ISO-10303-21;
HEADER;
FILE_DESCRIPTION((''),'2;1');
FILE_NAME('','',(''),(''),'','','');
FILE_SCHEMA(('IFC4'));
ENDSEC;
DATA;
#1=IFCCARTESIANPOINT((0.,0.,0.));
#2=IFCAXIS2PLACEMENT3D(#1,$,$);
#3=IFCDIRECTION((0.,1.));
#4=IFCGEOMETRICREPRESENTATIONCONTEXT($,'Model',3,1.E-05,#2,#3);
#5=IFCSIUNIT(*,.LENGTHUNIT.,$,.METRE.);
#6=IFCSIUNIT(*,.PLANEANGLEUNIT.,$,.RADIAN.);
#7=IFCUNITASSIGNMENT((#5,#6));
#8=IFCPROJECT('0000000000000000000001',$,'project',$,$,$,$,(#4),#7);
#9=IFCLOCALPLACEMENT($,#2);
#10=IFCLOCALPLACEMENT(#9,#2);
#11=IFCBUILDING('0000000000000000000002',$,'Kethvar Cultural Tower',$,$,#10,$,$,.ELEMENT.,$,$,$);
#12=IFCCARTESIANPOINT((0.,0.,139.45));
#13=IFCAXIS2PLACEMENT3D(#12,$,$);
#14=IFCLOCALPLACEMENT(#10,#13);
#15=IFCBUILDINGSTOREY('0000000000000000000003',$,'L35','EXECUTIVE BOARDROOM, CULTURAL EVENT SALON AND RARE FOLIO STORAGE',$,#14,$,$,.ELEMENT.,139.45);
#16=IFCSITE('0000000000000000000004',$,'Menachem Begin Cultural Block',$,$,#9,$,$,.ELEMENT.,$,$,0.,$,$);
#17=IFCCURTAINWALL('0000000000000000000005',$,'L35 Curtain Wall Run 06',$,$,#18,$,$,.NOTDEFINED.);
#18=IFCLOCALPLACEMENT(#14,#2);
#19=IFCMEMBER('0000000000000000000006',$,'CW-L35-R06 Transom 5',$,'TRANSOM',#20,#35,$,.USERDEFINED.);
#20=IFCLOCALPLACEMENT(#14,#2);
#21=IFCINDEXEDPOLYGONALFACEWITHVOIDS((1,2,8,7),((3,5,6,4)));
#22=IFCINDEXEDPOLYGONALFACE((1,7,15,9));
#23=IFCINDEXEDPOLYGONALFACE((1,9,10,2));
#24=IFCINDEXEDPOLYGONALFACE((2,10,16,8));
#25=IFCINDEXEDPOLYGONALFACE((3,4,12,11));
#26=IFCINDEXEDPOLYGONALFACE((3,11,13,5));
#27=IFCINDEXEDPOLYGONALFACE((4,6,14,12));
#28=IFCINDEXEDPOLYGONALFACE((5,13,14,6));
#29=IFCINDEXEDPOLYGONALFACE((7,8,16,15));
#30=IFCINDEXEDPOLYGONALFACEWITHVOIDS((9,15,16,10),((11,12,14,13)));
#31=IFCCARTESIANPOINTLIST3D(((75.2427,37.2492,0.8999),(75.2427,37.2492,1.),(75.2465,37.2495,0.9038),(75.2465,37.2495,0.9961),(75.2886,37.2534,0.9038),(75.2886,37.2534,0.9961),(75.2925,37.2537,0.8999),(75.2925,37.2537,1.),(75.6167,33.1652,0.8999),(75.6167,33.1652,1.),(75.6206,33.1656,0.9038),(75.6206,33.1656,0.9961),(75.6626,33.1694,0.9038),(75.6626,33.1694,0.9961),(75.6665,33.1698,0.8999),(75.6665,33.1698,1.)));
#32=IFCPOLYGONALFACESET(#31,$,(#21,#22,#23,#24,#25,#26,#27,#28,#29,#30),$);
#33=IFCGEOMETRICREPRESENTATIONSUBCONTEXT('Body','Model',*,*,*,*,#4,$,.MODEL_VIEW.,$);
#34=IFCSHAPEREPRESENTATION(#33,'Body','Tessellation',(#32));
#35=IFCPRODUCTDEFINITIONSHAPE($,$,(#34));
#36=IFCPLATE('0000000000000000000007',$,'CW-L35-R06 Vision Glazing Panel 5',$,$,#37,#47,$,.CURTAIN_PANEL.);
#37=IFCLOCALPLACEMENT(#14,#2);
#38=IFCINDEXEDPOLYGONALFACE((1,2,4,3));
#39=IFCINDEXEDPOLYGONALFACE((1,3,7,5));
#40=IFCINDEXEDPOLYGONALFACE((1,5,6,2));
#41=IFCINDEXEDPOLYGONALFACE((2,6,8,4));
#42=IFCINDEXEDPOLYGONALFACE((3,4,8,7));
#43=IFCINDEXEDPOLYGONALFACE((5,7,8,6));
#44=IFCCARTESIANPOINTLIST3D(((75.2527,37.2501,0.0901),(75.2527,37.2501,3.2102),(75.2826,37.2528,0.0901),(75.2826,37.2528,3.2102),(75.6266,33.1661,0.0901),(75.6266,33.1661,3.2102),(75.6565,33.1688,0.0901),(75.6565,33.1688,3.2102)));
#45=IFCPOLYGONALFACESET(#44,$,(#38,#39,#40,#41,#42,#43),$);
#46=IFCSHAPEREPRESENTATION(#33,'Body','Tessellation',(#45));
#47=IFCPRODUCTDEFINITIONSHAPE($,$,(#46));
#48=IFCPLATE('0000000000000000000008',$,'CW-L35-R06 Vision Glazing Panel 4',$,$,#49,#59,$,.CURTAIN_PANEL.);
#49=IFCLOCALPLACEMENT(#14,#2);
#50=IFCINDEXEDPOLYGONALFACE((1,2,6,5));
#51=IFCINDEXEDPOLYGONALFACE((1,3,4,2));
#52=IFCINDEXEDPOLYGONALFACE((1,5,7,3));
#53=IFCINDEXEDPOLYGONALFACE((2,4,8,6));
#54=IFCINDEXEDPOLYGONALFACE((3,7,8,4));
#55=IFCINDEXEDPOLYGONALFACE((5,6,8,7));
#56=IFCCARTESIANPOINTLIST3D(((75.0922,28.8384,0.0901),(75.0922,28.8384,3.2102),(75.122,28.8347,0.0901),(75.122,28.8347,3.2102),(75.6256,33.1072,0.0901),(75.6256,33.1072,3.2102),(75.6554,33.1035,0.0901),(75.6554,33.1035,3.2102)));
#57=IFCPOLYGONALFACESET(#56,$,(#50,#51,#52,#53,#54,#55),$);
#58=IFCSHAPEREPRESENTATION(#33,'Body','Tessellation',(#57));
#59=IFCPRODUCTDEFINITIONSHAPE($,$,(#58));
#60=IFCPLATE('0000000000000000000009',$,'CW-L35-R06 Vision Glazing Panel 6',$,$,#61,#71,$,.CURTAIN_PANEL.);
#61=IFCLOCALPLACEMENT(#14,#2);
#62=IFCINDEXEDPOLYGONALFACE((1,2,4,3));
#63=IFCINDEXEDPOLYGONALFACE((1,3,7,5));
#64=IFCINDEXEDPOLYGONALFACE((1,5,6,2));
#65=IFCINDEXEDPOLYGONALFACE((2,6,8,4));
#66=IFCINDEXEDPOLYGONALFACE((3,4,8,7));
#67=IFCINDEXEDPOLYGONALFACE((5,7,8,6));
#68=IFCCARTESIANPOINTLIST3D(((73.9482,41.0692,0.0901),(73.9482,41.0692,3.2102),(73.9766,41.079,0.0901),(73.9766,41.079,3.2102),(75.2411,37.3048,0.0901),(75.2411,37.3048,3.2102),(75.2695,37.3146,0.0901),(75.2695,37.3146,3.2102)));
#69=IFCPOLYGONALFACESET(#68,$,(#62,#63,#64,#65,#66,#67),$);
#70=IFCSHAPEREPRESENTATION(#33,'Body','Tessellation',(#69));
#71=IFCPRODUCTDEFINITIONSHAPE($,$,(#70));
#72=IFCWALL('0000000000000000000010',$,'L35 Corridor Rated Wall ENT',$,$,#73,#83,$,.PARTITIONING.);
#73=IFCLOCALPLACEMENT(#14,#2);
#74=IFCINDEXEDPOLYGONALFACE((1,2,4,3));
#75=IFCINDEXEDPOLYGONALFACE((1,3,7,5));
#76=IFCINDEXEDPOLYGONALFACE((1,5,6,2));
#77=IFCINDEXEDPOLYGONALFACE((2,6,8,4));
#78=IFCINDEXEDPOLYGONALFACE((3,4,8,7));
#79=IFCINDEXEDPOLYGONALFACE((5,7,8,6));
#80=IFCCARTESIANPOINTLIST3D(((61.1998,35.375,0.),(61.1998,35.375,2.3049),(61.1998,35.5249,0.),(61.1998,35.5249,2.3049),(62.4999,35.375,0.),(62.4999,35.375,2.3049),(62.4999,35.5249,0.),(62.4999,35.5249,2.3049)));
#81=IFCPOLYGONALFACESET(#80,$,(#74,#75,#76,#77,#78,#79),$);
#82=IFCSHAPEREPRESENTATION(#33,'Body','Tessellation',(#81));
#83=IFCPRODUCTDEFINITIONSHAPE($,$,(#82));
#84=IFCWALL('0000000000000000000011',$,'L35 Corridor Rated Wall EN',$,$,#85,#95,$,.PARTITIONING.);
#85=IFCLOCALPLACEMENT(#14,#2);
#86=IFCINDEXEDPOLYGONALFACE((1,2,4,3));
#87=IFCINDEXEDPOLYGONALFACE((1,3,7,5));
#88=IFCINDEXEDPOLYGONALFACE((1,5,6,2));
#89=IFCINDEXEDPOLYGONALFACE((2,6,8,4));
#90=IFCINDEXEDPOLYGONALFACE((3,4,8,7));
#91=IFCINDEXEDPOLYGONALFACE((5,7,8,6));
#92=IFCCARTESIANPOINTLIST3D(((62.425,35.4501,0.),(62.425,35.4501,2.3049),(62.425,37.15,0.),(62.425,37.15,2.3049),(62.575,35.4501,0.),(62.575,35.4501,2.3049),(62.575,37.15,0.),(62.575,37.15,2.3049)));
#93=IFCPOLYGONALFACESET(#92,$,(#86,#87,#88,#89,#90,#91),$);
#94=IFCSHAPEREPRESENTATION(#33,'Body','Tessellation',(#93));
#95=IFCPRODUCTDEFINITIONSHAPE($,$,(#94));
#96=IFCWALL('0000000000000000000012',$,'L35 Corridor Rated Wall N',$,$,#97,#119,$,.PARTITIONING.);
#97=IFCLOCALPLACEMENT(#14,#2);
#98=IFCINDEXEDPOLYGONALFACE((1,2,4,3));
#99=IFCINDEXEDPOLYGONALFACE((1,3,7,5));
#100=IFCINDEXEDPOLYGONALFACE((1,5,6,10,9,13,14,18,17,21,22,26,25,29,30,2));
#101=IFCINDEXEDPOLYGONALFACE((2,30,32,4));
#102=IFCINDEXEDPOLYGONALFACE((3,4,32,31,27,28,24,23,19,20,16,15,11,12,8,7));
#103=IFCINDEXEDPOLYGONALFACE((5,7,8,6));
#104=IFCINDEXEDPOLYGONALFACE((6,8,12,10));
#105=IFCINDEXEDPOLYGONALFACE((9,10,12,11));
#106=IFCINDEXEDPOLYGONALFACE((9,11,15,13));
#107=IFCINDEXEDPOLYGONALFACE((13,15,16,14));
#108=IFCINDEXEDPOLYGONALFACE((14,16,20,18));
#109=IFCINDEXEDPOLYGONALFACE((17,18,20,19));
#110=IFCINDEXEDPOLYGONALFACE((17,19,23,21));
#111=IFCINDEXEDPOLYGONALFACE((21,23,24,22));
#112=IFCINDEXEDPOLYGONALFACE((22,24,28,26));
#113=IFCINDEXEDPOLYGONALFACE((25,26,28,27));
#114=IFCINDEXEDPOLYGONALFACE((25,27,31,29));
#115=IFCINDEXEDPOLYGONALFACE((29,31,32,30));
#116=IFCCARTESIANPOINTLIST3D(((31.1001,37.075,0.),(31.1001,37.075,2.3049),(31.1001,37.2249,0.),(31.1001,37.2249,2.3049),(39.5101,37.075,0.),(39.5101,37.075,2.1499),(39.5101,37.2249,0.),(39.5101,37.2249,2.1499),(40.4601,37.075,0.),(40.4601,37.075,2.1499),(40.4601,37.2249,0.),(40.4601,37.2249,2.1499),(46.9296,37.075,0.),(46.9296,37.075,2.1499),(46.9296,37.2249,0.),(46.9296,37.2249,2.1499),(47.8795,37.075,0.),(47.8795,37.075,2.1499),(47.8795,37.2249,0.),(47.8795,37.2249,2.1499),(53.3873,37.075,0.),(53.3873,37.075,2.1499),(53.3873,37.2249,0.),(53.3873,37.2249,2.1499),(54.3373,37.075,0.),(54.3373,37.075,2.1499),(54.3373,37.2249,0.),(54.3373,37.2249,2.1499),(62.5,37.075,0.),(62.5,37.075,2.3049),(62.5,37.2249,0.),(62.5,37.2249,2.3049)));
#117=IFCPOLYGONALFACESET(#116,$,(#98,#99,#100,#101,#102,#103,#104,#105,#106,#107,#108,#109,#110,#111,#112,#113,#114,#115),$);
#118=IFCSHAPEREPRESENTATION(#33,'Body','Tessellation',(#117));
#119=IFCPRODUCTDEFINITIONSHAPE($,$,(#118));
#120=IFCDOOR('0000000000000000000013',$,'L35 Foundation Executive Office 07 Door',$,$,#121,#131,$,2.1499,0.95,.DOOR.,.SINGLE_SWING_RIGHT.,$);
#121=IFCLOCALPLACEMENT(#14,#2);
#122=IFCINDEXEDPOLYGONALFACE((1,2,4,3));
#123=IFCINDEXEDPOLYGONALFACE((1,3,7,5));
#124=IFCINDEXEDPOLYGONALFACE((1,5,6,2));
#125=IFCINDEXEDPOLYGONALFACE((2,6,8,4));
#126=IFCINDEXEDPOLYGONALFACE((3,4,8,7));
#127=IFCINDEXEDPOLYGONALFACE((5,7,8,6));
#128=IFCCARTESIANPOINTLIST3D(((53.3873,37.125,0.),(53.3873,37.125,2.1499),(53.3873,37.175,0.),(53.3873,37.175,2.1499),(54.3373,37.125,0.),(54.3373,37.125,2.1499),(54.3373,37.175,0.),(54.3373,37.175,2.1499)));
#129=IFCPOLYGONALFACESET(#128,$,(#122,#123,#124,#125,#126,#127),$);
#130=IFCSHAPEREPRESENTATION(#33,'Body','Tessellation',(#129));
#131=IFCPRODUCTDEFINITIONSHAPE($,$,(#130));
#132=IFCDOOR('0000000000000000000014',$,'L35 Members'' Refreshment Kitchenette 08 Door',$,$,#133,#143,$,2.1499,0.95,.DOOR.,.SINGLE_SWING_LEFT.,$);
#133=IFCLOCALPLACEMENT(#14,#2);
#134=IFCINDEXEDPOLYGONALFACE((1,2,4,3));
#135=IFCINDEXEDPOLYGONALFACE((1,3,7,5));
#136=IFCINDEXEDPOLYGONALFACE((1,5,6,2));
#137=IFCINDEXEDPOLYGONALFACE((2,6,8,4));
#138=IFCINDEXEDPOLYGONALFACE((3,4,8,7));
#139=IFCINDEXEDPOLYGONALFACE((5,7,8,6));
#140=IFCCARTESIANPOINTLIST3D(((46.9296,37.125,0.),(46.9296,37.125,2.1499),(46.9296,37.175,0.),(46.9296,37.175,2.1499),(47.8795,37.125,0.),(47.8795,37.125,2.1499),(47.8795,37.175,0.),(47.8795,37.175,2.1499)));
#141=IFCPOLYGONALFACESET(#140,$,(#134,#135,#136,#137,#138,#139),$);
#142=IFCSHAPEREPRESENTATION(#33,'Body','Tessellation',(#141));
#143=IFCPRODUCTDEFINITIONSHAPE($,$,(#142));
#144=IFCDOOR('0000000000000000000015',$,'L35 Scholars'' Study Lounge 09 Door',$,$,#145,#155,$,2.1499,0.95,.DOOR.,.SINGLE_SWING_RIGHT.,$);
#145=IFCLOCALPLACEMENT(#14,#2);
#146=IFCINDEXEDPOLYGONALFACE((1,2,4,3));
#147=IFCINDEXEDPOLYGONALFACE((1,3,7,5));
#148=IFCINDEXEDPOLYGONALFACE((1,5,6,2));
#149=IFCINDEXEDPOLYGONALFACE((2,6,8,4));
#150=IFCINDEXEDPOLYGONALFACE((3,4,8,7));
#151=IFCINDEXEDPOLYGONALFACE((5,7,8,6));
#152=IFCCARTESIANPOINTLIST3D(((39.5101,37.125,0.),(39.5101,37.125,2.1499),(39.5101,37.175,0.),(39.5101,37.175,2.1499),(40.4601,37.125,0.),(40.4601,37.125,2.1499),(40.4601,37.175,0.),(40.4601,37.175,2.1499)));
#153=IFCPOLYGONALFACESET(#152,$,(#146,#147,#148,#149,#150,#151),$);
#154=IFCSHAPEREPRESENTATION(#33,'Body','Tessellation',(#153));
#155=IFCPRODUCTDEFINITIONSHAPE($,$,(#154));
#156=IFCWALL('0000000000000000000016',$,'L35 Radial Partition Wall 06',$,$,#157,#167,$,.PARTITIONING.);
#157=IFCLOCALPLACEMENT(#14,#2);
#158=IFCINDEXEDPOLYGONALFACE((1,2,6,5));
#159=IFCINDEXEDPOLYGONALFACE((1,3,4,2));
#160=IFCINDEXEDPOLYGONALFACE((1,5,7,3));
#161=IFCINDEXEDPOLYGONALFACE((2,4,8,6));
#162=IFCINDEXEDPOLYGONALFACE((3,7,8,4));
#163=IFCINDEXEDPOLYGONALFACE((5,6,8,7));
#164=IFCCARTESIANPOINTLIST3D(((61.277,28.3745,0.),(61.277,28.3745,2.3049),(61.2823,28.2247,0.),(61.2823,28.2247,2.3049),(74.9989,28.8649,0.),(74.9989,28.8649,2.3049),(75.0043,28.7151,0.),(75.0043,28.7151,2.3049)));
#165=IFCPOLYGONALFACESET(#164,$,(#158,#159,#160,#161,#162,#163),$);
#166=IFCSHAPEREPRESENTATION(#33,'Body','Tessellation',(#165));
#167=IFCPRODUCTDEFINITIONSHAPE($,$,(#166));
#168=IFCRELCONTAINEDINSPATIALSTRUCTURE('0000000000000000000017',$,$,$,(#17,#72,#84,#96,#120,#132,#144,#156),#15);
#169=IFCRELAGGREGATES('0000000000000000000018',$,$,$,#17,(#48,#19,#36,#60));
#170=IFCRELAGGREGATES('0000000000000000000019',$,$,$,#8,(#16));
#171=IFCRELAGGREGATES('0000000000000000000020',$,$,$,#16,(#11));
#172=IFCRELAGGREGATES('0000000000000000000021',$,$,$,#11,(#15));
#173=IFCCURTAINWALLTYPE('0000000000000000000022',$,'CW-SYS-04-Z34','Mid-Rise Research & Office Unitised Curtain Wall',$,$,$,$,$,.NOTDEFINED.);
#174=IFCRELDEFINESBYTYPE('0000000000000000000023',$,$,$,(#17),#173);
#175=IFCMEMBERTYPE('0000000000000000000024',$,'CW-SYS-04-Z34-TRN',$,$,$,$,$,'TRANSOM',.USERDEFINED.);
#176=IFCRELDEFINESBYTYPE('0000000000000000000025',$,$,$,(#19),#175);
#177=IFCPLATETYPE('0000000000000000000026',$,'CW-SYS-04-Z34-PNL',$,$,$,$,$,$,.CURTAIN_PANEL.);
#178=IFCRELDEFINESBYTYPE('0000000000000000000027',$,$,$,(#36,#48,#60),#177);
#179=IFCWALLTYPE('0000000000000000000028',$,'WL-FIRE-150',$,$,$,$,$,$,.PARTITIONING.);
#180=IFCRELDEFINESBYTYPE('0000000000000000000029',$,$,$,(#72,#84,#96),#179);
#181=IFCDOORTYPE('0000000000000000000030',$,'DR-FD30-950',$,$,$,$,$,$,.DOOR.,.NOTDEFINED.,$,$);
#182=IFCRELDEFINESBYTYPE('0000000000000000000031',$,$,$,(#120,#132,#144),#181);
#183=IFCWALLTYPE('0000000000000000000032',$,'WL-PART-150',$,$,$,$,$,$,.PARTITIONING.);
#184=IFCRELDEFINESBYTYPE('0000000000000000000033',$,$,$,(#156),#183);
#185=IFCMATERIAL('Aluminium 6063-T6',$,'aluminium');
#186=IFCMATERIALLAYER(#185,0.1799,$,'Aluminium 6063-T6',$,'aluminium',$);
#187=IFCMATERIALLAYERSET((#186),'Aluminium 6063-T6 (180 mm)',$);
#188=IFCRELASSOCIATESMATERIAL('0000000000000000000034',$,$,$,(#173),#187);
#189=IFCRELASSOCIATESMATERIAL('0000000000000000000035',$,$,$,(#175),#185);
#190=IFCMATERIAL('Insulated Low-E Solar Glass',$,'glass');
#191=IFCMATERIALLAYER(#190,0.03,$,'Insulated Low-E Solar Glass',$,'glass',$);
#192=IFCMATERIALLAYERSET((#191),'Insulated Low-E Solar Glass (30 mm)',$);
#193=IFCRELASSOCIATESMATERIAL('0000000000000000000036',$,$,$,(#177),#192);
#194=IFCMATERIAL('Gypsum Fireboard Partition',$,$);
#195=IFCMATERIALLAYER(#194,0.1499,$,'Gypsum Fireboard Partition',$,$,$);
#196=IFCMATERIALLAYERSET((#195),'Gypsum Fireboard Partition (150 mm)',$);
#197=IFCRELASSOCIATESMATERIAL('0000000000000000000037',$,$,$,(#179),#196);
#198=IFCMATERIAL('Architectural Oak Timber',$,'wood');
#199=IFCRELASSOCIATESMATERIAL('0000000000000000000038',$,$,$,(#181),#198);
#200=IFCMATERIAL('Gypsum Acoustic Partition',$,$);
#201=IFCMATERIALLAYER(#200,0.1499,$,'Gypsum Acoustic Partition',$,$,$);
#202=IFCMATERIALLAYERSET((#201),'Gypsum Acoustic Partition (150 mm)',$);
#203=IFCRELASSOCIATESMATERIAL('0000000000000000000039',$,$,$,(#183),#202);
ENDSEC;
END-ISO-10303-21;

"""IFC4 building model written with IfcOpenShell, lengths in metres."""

from ifc_helpers import new_model, si_unit, direction, frame, frame_2d, origin, origin_2d, place, context, subcontext, project, spatial, rectangle, hollow_rectangle, extrude, source, transform, mapped, material, layer, layer_set, material_profile, profile_set, type_object, element, fill, aggregate, save


model = new_model("IFC4")

# Units and contexts
model_context = context("Model", 3, precision=1e-05, world=origin(), true_north=direction((0.0, 1.0)))
body_context = subcontext(model_context, "Body", "Model", "MODEL_VIEW")
ifc_project = project(units=[si_unit("LENGTHUNIT", "METRE"), si_unit("PLANEANGLEUNIT", "RADIAN")], contexts=[model_context])

# Site, building, storey
site_placement = place(None, origin())
site = spatial("IfcSite", under=ifc_project, at=site_placement, Name="Menachem Begin Cultural Block", CompositionType="ELEMENT", RefElevation=0.0)
building_placement = place(site_placement, origin())
building = spatial("IfcBuilding", under=site, at=building_placement, Name="Kethvar Cultural Tower", CompositionType="ELEMENT")
storey_placement = place(building_placement, frame((0.0, 0.0, 139.45)))
storey = spatial("IfcBuildingStorey", under=building, at=storey_placement, Name="L35", Description="EXECUTIVE BOARDROOM, CULTURAL EVENT SALON AND RARE FOLIO STORAGE", CompositionType="ELEMENT", Elevation=139.45)

# Shared definitions
ifc_material_1 = material(Name="Aluminium 6063-T6", Category="aluminium")
ifc_layer_1 = layer(ifc_material_1, 0.1799, Name="Aluminium 6063-T6", Category="aluminium")
ifc_layer_set_1 = layer_set([ifc_layer_1], Name="Aluminium 6063-T6 (180 mm)")
curtain_wall_type = type_object("IfcCurtainWallType", Name="CW-SYS-04-Z34", Description="Mid-Rise Research & Office Unitised Curtain Wall", PredefinedType="NOTDEFINED", material=ifc_layer_set_1)

# Curtain wall
curtain_wall_1_placement = place(storey_placement, origin())
curtain_wall_1 = element("IfcCurtainWall", 1, at=curtain_wall_1_placement, inside=storey, type_object=curtain_wall_type, Name="L35 Curtain Wall Run 06", PredefinedType="NOTDEFINED")

# Member
ifc_material_profile_1 = material_profile(ifc_material_1, hollow_rectangle(XDim=0.05, YDim=0.1001, WallThickness=0.0039, at=origin_2d()), Name="Aluminium 6063-T6 — RHS100x50x4")
ifc_profile_set_1 = profile_set([ifc_material_profile_1], Name="Aluminium 6063-T6 — RHS100x50x4")
member_type_1 = type_object("IfcMemberType", Name="CW-SYS-04-Z34-TRN", ElementType="TRANSOM", PredefinedType="USERDEFINED", material=ifc_profile_set_1)
shared_shape_1 = source(origin(), body_context, "Body", "SweptSolid", [
    extrude(hollow_rectangle(XDim=0.05, YDim=0.1001, WallThickness=0.0039, at=origin_2d()), origin(), (0.0, 0.0, 1.0), 4.1011),
])
member_1_placement = place(storey_placement, frame((75.6416, 33.1675, 0.95), z_axis=(-0.091201, 0.995832, 0.0), x_axis=(-0.995832, -0.091201, 0.0)))
member_1 = element("IfcMember", 2, at=member_1_placement, type_object=member_type_1, Name="CW-L35-R06 Transom 5", ObjectType="TRANSOM", PredefinedType="USERDEFINED", context=body_context, shape_type="MappedRepresentation", body=[
    mapped(shared_shape_1, transform((0.0, 0.0, 0.0), scale=1.0)),
])

# Plates
ifc_material_2 = material(Name="Insulated Low-E Solar Glass", Category="glass")
ifc_layer_2 = layer(ifc_material_2, 0.03, Name="Insulated Low-E Solar Glass", Category="glass")
ifc_layer_set_2 = layer_set([ifc_layer_2], Name="Insulated Low-E Solar Glass (30 mm)")
plate_type = type_object("IfcPlateType", Name="CW-SYS-04-Z34-PNL", PredefinedType="CURTAIN_PANEL", material=ifc_layer_set_2)
shared_shape_2 = source(origin(), body_context, "Body", "SweptSolid", [
    extrude(rectangle(XDim=4.1011, YDim=0.03, at=origin_2d()), origin(), (0.0, 0.0, 1.0), 3.1201),
])
plate_1_placement = place(storey_placement, frame((75.4546, 35.2095, 0.0901), z_axis=(0.0, 0.0, 1.0), x_axis=(-0.091154, 0.995837, 0.0)))
plate_1 = element("IfcPlate", 3, at=plate_1_placement, type_object=plate_type, Name="CW-L35-R06 Vision Glazing Panel 5", PredefinedType="CURTAIN_PANEL", context=body_context, shape_type="MappedRepresentation", body=[
    mapped(shared_shape_2, transform((0.0, 0.0, 0.0), scale=1.0)),
])
shared_shape_3 = source(origin(), body_context, "Body", "SweptSolid", [
    extrude(rectangle(XDim=4.302, YDim=0.03, at=origin_2d()), origin(), (0.0, 0.0, 1.0), 3.1201),
])
plate_2_placement = place(storey_placement, frame((75.3738, 30.9709, 0.0901), z_axis=(0.0, 0.0, 1.0), x_axis=(0.123982, 0.992284, 0.0)))
plate_2 = element("IfcPlate", 4, at=plate_2_placement, type_object=plate_type, Name="CW-L35-R06 Vision Glazing Panel 4", PredefinedType="CURTAIN_PANEL", context=body_context, shape_type="MappedRepresentation", body=[
    mapped(shared_shape_3, transform((0.0, 0.0, 0.0), scale=1.0)),
])
shared_shape_4 = source(origin(), body_context, "Body", "SweptSolid", [
    extrude(rectangle(XDim=3.9802, YDim=0.03, at=origin_2d()), origin(), (0.0, 0.0, 1.0), 3.1201),
])
plate_3_placement = place(storey_placement, frame((74.6089, 39.1919, 0.0901), z_axis=(0.0, 0.0, 1.0), x_axis=(-0.324825, 0.945774, 0.0)))
plate_3 = element("IfcPlate", 5, at=plate_3_placement, type_object=plate_type, Name="CW-L35-R06 Vision Glazing Panel 6", PredefinedType="CURTAIN_PANEL", context=body_context, shape_type="MappedRepresentation", body=[
    mapped(shared_shape_4, transform((0.0, 0.0, 0.0), scale=1.0)),
])
aggregate(curtain_wall_1, [plate_2, member_1, plate_1, plate_3])

# Walls
ifc_material_3 = material(Name="Gypsum Fireboard Partition")
ifc_layer_3 = layer(ifc_material_3, 0.1499, Name="Gypsum Fireboard Partition")
ifc_layer_set_3 = layer_set([ifc_layer_3], Name="Gypsum Fireboard Partition (150 mm)")
wall_type_1 = type_object("IfcWallType", Name="WL-FIRE-150", PredefinedType="PARTITIONING", material=ifc_layer_set_3)
wall_1_placement = place(storey_placement, frame((61.2, 35.45, 0.0), z_axis=(0.0, 0.0, 1.0), x_axis=(1.0, 0.0, 0.0)))
element("IfcWall", 6, at=wall_1_placement, inside=storey, type_object=wall_type_1, Name="L35 Corridor Rated Wall ENT", PredefinedType="PARTITIONING", context=body_context, shape_type="SweptSolid", body=[
    extrude(rectangle(XDim=1.3, YDim=0.1499, at=frame_2d((0.6499, 0.0))), origin(), (0.0, 0.0, 1.0), 2.3049),
])
wall_2_placement = place(storey_placement, frame((62.5, 35.45, 0.0), z_axis=(0.0, 0.0, 1.0), x_axis=(0.0, 1.0, 0.0)))
element("IfcWall", 7, at=wall_2_placement, inside=storey, type_object=wall_type_1, Name="L35 Corridor Rated Wall EN", PredefinedType="PARTITIONING", context=body_context, shape_type="SweptSolid", body=[
    extrude(rectangle(XDim=1.7, YDim=0.1499, at=frame_2d((0.8501, 0.0))), origin(), (0.0, 0.0, 1.0), 2.3049),
])

# Wall, openings, doors
wall_3_placement = place(storey_placement, frame((62.5, 37.1499, 0.0), z_axis=(0.0, 0.0, 1.0), x_axis=(-1.0, 0.0, 0.0)))
wall_3 = element("IfcWall", 8, at=wall_3_placement, inside=storey, type_object=wall_type_1, Name="L35 Corridor Rated Wall N", PredefinedType="PARTITIONING", context=body_context, shape_type="SweptSolid", body=[
    extrude(rectangle(XDim=31.3999, YDim=0.1499, at=frame_2d((15.7, 0.0))), origin(), (0.0, 0.0, 1.0), 2.3049),
])
opening_1_placement = place(wall_3_placement, frame((8.1626, 0.0, 0.0)))
opening_1 = element("IfcOpeningElement", 9, at=opening_1_placement, cuts=wall_3, PredefinedType="OPENING", context=body_context, shape_type="SweptSolid", body=[
    extrude(rectangle(XDim=0.95, YDim=2.1499, at=frame_2d((0.4751, 1.075))), frame((0.0, 0.085, 0.0), z_axis=(0.0, -1.0, 0.0), x_axis=(1.0, 0.0, 0.0)), (0.0, 0.0, 1.0), 0.1699),
])
opening_2_placement = place(wall_3_placement, frame((14.6204, 0.0, 0.0)))
opening_2 = element("IfcOpeningElement", 10, at=opening_2_placement, cuts=wall_3, PredefinedType="OPENING", context=body_context, shape_type="SweptSolid", body=[
    extrude(rectangle(XDim=0.95, YDim=2.1499, at=frame_2d((0.4751, 1.075))), frame((0.0, 0.085, 0.0), z_axis=(0.0, -1.0, 0.0), x_axis=(1.0, 0.0, 0.0)), (0.0, 0.0, 1.0), 0.1699),
])
opening_3_placement = place(wall_3_placement, frame((22.0398, 0.0, 0.0)))
opening_3 = element("IfcOpeningElement", 11, at=opening_3_placement, cuts=wall_3, PredefinedType="OPENING", context=body_context, shape_type="SweptSolid", body=[
    extrude(rectangle(XDim=0.95, YDim=2.1499, at=frame_2d((0.4751, 1.075))), frame((0.0, 0.085, 0.0), z_axis=(0.0, -1.0, 0.0), x_axis=(1.0, 0.0, 0.0)), (0.0, 0.0, 1.0), 0.1699),
])
ifc_material_4 = material(Name="Architectural Oak Timber", Category="wood")
door_type = type_object("IfcDoorType", Name="DR-FD30-950", OperationType="NOTDEFINED", PredefinedType="DOOR", material=ifc_material_4)
shared_shape_5 = source(origin(), body_context, "Body", "SweptSolid", [
    extrude(rectangle(XDim=0.95, YDim=2.1499, at=frame_2d((0.4751, 1.075))), frame((0.0, 0.0249, 0.0), z_axis=(0.0, -1.0, 0.0), x_axis=(1.0, 0.0, 0.0)), (0.0, 0.0, 1.0), 0.05),
])
door_1_placement = place(opening_1_placement, origin())
door_1 = element("IfcDoor", 12, at=door_1_placement, inside=storey, type_object=door_type, Name="L35 Foundation Executive Office 07 Door", OperationType="SINGLE_SWING_RIGHT", OverallHeight=2.1499, OverallWidth=0.95, PredefinedType="DOOR", context=body_context, shape_type="MappedRepresentation", body=[
    mapped(shared_shape_5, transform((0.0, 0.0, 0.0), scale=1.0)),
])
fill(opening_1, door_1)
door_2_placement = place(opening_2_placement, origin())
door_2 = element("IfcDoor", 13, at=door_2_placement, inside=storey, type_object=door_type, Name="L35 Members' Refreshment Kitchenette 08 Door", OperationType="SINGLE_SWING_LEFT", OverallHeight=2.1499, OverallWidth=0.95, PredefinedType="DOOR", context=body_context, shape_type="MappedRepresentation", body=[
    mapped(shared_shape_5, transform((0.0, 0.0, 0.0), scale=1.0)),
])
fill(opening_2, door_2)
door_3_placement = place(opening_3_placement, origin())
door_3 = element("IfcDoor", 14, at=door_3_placement, inside=storey, type_object=door_type, Name="L35 Scholars' Study Lounge 09 Door", OperationType="SINGLE_SWING_RIGHT", OverallHeight=2.1499, OverallWidth=0.95, PredefinedType="DOOR", context=body_context, shape_type="MappedRepresentation", body=[
    mapped(shared_shape_5, transform((0.0, 0.0, 0.0), scale=1.0)),
])
fill(opening_3, door_3)

# Wall
ifc_material_5 = material(Name="Gypsum Acoustic Partition")
ifc_layer_4 = layer(ifc_material_5, 0.1499, Name="Gypsum Acoustic Partition")
ifc_layer_set_4 = layer_set([ifc_layer_4], Name="Gypsum Acoustic Partition (150 mm)")
wall_type_2 = type_object("IfcWallType", Name="WL-PART-150", PredefinedType="PARTITIONING", material=ifc_layer_set_4)
wall_4_placement = place(storey_placement, frame((61.2798, 28.2996, 0.0), z_axis=(0.0, 0.0, 1.0), x_axis=(0.999362, 0.035721, 0.0)))
element("IfcWall", 15, at=wall_4_placement, inside=storey, type_object=wall_type_2, Name="L35 Radial Partition Wall 06", PredefinedType="PARTITIONING", context=body_context, shape_type="SweptSolid", body=[
    extrude(rectangle(XDim=13.7307, YDim=0.1499, at=frame_2d((6.8652, 0.0))), origin(), (0.0, 0.0, 1.0), 2.3049),
])

save(model, "model.ifc")
